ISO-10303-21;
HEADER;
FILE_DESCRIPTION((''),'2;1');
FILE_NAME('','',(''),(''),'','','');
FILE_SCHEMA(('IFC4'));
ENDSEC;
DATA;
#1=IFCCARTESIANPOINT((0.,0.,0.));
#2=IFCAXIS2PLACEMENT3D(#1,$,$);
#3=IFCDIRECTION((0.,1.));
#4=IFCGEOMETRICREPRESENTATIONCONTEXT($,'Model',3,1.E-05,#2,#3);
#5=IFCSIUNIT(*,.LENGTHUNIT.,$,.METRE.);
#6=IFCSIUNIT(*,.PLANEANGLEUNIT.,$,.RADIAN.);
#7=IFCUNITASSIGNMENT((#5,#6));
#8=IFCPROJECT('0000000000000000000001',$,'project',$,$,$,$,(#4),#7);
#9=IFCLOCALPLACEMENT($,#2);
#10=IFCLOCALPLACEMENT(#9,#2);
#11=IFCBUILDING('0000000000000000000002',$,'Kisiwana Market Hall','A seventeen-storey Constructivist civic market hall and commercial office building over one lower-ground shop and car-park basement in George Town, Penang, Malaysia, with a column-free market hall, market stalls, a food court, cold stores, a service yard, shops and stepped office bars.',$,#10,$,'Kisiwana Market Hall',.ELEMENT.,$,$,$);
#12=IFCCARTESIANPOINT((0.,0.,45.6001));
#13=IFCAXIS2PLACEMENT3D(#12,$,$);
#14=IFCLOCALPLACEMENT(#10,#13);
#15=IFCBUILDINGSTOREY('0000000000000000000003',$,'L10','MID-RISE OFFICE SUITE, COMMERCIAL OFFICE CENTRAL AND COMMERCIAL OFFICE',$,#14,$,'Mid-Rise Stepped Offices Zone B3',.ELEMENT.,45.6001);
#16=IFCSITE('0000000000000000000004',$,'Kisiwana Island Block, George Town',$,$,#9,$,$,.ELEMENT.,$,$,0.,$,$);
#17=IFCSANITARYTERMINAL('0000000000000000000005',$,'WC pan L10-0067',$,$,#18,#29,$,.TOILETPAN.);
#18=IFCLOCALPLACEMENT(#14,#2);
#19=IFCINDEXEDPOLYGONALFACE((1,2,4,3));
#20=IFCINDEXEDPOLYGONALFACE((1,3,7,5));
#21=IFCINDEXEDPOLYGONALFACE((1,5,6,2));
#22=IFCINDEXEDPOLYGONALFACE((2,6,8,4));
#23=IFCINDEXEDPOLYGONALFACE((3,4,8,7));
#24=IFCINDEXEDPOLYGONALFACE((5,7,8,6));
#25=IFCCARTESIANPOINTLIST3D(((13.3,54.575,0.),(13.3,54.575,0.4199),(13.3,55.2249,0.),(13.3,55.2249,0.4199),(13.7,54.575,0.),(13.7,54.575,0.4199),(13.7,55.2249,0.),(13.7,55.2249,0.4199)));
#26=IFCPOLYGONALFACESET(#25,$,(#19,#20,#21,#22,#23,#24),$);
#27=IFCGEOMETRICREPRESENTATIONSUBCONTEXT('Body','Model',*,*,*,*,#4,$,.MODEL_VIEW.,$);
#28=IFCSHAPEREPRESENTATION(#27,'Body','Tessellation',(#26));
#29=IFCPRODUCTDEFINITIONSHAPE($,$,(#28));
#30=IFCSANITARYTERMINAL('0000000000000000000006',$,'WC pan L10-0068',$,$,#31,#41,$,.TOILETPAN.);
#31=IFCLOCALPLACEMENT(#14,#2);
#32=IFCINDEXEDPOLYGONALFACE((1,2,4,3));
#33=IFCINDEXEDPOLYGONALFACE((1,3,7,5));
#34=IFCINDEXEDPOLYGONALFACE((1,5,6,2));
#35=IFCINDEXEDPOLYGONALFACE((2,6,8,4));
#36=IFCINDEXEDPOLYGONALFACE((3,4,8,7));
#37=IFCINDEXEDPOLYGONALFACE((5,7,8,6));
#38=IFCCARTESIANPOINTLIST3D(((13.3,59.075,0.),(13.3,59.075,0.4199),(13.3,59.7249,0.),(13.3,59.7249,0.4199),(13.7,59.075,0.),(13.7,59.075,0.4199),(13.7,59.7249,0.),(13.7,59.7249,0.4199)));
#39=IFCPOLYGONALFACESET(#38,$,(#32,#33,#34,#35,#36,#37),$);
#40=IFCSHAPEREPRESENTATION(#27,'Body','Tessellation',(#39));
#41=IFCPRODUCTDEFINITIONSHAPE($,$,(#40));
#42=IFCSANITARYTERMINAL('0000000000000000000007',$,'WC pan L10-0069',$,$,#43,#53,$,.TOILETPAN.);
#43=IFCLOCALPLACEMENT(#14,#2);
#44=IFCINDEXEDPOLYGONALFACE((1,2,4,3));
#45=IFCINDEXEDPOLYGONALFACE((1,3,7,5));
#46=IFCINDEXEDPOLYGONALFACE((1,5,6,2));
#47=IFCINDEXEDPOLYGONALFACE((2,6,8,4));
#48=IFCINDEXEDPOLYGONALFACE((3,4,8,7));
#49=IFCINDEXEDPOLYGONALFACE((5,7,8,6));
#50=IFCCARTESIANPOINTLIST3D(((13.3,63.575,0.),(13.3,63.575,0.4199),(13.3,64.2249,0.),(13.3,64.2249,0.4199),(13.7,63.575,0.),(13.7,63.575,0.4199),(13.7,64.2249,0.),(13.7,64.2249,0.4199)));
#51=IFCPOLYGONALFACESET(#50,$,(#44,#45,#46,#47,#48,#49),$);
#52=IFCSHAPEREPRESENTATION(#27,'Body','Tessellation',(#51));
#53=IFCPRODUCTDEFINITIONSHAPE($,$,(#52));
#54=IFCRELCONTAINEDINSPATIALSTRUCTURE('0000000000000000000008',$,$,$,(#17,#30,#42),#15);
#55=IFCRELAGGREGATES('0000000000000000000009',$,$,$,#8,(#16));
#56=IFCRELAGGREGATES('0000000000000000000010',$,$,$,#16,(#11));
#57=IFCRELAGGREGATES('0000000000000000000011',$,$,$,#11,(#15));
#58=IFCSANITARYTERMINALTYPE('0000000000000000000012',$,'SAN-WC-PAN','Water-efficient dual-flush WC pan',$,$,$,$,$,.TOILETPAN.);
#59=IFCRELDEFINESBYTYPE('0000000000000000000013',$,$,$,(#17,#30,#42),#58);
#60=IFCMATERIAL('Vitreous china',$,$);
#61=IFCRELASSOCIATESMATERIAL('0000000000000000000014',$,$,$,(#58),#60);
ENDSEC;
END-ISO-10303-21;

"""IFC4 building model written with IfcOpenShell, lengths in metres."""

from ifc_helpers import new_model, si_unit, direction, frame, origin, origin_2d, place, context, subcontext, project, spatial, rectangle, extrude, material, type_object, element, save


model = new_model("IFC4")

# Units and contexts
model_context = context("Model", 3, precision=1e-05, world=origin(), true_north=direction((0.0, 1.0)))
body_context = subcontext(model_context, "Body", "Model", "MODEL_VIEW")
ifc_project = project(units=[si_unit("LENGTHUNIT", "METRE"), si_unit("PLANEANGLEUNIT", "RADIAN")], contexts=[model_context])

# Site, building, storey
site_placement = place(None, origin())
site = spatial("IfcSite", under=ifc_project, at=site_placement, Name="Kisiwana Island Block, George Town", CompositionType="ELEMENT", RefElevation=0.0)
building_placement = place(site_placement, origin())
building = spatial("IfcBuilding", under=site, at=building_placement, Name="Kisiwana Market Hall", Description="A seventeen-storey Constructivist civic market hall and commercial office building over one lower-ground shop and car-park basement in George Town, Penang, Malaysia, with a column-free market hall, market stalls, a food court, cold stores, a service yard, shops and stepped office bars.", LongName="Kisiwana Market Hall", CompositionType="ELEMENT")
storey_placement = place(building_placement, frame((0.0, 0.0, 45.6001)))
storey = spatial("IfcBuildingStorey", under=building, at=storey_placement, Name="L10", Description="MID-RISE OFFICE SUITE, COMMERCIAL OFFICE CENTRAL AND COMMERCIAL OFFICE", LongName="Mid-Rise Stepped Offices Zone B3", CompositionType="ELEMENT", Elevation=45.6001)

# Sanitary terminals
ifc_material_1 = material(Name="Vitreous china")
sanitary_terminal_type_1 = type_object("IfcSanitaryTerminalType", Name="SAN-WC-PAN", Description="Water-efficient dual-flush WC pan", PredefinedType="TOILETPAN", material=ifc_material_1)
for number, where, z_axis, x_axis, name in (
    (1, (13.5, 54.8999, 0.0), (0.0, 0.0, 1.0), (1.0, 0.0, 0.0), "WC pan L10-0067"),
    (2, (13.5, 59.3999, 0.0), (0.0, 0.0, 1.0), (1.0, 0.0, 0.0), "WC pan L10-0068"),
    (3, (13.5, 63.8999, 0.0), (0.0, 0.0, 1.0), (1.0, 0.0, 0.0), "WC pan L10-0069"),
):
    element("IfcSanitaryTerminal", number, at=place(storey_placement, frame(where, z_axis=z_axis, x_axis=x_axis)), inside=storey, type_object=sanitary_terminal_type_1, Name=name, PredefinedType="TOILETPAN", context=body_context, shape_type="SweptSolid", body=[
        extrude(rectangle(XDim=0.3999, YDim=0.6499, at=origin_2d()), origin(), (0.0, 0.0, 1.0), 0.4199),
    ])

save(model, "model.ifc")
